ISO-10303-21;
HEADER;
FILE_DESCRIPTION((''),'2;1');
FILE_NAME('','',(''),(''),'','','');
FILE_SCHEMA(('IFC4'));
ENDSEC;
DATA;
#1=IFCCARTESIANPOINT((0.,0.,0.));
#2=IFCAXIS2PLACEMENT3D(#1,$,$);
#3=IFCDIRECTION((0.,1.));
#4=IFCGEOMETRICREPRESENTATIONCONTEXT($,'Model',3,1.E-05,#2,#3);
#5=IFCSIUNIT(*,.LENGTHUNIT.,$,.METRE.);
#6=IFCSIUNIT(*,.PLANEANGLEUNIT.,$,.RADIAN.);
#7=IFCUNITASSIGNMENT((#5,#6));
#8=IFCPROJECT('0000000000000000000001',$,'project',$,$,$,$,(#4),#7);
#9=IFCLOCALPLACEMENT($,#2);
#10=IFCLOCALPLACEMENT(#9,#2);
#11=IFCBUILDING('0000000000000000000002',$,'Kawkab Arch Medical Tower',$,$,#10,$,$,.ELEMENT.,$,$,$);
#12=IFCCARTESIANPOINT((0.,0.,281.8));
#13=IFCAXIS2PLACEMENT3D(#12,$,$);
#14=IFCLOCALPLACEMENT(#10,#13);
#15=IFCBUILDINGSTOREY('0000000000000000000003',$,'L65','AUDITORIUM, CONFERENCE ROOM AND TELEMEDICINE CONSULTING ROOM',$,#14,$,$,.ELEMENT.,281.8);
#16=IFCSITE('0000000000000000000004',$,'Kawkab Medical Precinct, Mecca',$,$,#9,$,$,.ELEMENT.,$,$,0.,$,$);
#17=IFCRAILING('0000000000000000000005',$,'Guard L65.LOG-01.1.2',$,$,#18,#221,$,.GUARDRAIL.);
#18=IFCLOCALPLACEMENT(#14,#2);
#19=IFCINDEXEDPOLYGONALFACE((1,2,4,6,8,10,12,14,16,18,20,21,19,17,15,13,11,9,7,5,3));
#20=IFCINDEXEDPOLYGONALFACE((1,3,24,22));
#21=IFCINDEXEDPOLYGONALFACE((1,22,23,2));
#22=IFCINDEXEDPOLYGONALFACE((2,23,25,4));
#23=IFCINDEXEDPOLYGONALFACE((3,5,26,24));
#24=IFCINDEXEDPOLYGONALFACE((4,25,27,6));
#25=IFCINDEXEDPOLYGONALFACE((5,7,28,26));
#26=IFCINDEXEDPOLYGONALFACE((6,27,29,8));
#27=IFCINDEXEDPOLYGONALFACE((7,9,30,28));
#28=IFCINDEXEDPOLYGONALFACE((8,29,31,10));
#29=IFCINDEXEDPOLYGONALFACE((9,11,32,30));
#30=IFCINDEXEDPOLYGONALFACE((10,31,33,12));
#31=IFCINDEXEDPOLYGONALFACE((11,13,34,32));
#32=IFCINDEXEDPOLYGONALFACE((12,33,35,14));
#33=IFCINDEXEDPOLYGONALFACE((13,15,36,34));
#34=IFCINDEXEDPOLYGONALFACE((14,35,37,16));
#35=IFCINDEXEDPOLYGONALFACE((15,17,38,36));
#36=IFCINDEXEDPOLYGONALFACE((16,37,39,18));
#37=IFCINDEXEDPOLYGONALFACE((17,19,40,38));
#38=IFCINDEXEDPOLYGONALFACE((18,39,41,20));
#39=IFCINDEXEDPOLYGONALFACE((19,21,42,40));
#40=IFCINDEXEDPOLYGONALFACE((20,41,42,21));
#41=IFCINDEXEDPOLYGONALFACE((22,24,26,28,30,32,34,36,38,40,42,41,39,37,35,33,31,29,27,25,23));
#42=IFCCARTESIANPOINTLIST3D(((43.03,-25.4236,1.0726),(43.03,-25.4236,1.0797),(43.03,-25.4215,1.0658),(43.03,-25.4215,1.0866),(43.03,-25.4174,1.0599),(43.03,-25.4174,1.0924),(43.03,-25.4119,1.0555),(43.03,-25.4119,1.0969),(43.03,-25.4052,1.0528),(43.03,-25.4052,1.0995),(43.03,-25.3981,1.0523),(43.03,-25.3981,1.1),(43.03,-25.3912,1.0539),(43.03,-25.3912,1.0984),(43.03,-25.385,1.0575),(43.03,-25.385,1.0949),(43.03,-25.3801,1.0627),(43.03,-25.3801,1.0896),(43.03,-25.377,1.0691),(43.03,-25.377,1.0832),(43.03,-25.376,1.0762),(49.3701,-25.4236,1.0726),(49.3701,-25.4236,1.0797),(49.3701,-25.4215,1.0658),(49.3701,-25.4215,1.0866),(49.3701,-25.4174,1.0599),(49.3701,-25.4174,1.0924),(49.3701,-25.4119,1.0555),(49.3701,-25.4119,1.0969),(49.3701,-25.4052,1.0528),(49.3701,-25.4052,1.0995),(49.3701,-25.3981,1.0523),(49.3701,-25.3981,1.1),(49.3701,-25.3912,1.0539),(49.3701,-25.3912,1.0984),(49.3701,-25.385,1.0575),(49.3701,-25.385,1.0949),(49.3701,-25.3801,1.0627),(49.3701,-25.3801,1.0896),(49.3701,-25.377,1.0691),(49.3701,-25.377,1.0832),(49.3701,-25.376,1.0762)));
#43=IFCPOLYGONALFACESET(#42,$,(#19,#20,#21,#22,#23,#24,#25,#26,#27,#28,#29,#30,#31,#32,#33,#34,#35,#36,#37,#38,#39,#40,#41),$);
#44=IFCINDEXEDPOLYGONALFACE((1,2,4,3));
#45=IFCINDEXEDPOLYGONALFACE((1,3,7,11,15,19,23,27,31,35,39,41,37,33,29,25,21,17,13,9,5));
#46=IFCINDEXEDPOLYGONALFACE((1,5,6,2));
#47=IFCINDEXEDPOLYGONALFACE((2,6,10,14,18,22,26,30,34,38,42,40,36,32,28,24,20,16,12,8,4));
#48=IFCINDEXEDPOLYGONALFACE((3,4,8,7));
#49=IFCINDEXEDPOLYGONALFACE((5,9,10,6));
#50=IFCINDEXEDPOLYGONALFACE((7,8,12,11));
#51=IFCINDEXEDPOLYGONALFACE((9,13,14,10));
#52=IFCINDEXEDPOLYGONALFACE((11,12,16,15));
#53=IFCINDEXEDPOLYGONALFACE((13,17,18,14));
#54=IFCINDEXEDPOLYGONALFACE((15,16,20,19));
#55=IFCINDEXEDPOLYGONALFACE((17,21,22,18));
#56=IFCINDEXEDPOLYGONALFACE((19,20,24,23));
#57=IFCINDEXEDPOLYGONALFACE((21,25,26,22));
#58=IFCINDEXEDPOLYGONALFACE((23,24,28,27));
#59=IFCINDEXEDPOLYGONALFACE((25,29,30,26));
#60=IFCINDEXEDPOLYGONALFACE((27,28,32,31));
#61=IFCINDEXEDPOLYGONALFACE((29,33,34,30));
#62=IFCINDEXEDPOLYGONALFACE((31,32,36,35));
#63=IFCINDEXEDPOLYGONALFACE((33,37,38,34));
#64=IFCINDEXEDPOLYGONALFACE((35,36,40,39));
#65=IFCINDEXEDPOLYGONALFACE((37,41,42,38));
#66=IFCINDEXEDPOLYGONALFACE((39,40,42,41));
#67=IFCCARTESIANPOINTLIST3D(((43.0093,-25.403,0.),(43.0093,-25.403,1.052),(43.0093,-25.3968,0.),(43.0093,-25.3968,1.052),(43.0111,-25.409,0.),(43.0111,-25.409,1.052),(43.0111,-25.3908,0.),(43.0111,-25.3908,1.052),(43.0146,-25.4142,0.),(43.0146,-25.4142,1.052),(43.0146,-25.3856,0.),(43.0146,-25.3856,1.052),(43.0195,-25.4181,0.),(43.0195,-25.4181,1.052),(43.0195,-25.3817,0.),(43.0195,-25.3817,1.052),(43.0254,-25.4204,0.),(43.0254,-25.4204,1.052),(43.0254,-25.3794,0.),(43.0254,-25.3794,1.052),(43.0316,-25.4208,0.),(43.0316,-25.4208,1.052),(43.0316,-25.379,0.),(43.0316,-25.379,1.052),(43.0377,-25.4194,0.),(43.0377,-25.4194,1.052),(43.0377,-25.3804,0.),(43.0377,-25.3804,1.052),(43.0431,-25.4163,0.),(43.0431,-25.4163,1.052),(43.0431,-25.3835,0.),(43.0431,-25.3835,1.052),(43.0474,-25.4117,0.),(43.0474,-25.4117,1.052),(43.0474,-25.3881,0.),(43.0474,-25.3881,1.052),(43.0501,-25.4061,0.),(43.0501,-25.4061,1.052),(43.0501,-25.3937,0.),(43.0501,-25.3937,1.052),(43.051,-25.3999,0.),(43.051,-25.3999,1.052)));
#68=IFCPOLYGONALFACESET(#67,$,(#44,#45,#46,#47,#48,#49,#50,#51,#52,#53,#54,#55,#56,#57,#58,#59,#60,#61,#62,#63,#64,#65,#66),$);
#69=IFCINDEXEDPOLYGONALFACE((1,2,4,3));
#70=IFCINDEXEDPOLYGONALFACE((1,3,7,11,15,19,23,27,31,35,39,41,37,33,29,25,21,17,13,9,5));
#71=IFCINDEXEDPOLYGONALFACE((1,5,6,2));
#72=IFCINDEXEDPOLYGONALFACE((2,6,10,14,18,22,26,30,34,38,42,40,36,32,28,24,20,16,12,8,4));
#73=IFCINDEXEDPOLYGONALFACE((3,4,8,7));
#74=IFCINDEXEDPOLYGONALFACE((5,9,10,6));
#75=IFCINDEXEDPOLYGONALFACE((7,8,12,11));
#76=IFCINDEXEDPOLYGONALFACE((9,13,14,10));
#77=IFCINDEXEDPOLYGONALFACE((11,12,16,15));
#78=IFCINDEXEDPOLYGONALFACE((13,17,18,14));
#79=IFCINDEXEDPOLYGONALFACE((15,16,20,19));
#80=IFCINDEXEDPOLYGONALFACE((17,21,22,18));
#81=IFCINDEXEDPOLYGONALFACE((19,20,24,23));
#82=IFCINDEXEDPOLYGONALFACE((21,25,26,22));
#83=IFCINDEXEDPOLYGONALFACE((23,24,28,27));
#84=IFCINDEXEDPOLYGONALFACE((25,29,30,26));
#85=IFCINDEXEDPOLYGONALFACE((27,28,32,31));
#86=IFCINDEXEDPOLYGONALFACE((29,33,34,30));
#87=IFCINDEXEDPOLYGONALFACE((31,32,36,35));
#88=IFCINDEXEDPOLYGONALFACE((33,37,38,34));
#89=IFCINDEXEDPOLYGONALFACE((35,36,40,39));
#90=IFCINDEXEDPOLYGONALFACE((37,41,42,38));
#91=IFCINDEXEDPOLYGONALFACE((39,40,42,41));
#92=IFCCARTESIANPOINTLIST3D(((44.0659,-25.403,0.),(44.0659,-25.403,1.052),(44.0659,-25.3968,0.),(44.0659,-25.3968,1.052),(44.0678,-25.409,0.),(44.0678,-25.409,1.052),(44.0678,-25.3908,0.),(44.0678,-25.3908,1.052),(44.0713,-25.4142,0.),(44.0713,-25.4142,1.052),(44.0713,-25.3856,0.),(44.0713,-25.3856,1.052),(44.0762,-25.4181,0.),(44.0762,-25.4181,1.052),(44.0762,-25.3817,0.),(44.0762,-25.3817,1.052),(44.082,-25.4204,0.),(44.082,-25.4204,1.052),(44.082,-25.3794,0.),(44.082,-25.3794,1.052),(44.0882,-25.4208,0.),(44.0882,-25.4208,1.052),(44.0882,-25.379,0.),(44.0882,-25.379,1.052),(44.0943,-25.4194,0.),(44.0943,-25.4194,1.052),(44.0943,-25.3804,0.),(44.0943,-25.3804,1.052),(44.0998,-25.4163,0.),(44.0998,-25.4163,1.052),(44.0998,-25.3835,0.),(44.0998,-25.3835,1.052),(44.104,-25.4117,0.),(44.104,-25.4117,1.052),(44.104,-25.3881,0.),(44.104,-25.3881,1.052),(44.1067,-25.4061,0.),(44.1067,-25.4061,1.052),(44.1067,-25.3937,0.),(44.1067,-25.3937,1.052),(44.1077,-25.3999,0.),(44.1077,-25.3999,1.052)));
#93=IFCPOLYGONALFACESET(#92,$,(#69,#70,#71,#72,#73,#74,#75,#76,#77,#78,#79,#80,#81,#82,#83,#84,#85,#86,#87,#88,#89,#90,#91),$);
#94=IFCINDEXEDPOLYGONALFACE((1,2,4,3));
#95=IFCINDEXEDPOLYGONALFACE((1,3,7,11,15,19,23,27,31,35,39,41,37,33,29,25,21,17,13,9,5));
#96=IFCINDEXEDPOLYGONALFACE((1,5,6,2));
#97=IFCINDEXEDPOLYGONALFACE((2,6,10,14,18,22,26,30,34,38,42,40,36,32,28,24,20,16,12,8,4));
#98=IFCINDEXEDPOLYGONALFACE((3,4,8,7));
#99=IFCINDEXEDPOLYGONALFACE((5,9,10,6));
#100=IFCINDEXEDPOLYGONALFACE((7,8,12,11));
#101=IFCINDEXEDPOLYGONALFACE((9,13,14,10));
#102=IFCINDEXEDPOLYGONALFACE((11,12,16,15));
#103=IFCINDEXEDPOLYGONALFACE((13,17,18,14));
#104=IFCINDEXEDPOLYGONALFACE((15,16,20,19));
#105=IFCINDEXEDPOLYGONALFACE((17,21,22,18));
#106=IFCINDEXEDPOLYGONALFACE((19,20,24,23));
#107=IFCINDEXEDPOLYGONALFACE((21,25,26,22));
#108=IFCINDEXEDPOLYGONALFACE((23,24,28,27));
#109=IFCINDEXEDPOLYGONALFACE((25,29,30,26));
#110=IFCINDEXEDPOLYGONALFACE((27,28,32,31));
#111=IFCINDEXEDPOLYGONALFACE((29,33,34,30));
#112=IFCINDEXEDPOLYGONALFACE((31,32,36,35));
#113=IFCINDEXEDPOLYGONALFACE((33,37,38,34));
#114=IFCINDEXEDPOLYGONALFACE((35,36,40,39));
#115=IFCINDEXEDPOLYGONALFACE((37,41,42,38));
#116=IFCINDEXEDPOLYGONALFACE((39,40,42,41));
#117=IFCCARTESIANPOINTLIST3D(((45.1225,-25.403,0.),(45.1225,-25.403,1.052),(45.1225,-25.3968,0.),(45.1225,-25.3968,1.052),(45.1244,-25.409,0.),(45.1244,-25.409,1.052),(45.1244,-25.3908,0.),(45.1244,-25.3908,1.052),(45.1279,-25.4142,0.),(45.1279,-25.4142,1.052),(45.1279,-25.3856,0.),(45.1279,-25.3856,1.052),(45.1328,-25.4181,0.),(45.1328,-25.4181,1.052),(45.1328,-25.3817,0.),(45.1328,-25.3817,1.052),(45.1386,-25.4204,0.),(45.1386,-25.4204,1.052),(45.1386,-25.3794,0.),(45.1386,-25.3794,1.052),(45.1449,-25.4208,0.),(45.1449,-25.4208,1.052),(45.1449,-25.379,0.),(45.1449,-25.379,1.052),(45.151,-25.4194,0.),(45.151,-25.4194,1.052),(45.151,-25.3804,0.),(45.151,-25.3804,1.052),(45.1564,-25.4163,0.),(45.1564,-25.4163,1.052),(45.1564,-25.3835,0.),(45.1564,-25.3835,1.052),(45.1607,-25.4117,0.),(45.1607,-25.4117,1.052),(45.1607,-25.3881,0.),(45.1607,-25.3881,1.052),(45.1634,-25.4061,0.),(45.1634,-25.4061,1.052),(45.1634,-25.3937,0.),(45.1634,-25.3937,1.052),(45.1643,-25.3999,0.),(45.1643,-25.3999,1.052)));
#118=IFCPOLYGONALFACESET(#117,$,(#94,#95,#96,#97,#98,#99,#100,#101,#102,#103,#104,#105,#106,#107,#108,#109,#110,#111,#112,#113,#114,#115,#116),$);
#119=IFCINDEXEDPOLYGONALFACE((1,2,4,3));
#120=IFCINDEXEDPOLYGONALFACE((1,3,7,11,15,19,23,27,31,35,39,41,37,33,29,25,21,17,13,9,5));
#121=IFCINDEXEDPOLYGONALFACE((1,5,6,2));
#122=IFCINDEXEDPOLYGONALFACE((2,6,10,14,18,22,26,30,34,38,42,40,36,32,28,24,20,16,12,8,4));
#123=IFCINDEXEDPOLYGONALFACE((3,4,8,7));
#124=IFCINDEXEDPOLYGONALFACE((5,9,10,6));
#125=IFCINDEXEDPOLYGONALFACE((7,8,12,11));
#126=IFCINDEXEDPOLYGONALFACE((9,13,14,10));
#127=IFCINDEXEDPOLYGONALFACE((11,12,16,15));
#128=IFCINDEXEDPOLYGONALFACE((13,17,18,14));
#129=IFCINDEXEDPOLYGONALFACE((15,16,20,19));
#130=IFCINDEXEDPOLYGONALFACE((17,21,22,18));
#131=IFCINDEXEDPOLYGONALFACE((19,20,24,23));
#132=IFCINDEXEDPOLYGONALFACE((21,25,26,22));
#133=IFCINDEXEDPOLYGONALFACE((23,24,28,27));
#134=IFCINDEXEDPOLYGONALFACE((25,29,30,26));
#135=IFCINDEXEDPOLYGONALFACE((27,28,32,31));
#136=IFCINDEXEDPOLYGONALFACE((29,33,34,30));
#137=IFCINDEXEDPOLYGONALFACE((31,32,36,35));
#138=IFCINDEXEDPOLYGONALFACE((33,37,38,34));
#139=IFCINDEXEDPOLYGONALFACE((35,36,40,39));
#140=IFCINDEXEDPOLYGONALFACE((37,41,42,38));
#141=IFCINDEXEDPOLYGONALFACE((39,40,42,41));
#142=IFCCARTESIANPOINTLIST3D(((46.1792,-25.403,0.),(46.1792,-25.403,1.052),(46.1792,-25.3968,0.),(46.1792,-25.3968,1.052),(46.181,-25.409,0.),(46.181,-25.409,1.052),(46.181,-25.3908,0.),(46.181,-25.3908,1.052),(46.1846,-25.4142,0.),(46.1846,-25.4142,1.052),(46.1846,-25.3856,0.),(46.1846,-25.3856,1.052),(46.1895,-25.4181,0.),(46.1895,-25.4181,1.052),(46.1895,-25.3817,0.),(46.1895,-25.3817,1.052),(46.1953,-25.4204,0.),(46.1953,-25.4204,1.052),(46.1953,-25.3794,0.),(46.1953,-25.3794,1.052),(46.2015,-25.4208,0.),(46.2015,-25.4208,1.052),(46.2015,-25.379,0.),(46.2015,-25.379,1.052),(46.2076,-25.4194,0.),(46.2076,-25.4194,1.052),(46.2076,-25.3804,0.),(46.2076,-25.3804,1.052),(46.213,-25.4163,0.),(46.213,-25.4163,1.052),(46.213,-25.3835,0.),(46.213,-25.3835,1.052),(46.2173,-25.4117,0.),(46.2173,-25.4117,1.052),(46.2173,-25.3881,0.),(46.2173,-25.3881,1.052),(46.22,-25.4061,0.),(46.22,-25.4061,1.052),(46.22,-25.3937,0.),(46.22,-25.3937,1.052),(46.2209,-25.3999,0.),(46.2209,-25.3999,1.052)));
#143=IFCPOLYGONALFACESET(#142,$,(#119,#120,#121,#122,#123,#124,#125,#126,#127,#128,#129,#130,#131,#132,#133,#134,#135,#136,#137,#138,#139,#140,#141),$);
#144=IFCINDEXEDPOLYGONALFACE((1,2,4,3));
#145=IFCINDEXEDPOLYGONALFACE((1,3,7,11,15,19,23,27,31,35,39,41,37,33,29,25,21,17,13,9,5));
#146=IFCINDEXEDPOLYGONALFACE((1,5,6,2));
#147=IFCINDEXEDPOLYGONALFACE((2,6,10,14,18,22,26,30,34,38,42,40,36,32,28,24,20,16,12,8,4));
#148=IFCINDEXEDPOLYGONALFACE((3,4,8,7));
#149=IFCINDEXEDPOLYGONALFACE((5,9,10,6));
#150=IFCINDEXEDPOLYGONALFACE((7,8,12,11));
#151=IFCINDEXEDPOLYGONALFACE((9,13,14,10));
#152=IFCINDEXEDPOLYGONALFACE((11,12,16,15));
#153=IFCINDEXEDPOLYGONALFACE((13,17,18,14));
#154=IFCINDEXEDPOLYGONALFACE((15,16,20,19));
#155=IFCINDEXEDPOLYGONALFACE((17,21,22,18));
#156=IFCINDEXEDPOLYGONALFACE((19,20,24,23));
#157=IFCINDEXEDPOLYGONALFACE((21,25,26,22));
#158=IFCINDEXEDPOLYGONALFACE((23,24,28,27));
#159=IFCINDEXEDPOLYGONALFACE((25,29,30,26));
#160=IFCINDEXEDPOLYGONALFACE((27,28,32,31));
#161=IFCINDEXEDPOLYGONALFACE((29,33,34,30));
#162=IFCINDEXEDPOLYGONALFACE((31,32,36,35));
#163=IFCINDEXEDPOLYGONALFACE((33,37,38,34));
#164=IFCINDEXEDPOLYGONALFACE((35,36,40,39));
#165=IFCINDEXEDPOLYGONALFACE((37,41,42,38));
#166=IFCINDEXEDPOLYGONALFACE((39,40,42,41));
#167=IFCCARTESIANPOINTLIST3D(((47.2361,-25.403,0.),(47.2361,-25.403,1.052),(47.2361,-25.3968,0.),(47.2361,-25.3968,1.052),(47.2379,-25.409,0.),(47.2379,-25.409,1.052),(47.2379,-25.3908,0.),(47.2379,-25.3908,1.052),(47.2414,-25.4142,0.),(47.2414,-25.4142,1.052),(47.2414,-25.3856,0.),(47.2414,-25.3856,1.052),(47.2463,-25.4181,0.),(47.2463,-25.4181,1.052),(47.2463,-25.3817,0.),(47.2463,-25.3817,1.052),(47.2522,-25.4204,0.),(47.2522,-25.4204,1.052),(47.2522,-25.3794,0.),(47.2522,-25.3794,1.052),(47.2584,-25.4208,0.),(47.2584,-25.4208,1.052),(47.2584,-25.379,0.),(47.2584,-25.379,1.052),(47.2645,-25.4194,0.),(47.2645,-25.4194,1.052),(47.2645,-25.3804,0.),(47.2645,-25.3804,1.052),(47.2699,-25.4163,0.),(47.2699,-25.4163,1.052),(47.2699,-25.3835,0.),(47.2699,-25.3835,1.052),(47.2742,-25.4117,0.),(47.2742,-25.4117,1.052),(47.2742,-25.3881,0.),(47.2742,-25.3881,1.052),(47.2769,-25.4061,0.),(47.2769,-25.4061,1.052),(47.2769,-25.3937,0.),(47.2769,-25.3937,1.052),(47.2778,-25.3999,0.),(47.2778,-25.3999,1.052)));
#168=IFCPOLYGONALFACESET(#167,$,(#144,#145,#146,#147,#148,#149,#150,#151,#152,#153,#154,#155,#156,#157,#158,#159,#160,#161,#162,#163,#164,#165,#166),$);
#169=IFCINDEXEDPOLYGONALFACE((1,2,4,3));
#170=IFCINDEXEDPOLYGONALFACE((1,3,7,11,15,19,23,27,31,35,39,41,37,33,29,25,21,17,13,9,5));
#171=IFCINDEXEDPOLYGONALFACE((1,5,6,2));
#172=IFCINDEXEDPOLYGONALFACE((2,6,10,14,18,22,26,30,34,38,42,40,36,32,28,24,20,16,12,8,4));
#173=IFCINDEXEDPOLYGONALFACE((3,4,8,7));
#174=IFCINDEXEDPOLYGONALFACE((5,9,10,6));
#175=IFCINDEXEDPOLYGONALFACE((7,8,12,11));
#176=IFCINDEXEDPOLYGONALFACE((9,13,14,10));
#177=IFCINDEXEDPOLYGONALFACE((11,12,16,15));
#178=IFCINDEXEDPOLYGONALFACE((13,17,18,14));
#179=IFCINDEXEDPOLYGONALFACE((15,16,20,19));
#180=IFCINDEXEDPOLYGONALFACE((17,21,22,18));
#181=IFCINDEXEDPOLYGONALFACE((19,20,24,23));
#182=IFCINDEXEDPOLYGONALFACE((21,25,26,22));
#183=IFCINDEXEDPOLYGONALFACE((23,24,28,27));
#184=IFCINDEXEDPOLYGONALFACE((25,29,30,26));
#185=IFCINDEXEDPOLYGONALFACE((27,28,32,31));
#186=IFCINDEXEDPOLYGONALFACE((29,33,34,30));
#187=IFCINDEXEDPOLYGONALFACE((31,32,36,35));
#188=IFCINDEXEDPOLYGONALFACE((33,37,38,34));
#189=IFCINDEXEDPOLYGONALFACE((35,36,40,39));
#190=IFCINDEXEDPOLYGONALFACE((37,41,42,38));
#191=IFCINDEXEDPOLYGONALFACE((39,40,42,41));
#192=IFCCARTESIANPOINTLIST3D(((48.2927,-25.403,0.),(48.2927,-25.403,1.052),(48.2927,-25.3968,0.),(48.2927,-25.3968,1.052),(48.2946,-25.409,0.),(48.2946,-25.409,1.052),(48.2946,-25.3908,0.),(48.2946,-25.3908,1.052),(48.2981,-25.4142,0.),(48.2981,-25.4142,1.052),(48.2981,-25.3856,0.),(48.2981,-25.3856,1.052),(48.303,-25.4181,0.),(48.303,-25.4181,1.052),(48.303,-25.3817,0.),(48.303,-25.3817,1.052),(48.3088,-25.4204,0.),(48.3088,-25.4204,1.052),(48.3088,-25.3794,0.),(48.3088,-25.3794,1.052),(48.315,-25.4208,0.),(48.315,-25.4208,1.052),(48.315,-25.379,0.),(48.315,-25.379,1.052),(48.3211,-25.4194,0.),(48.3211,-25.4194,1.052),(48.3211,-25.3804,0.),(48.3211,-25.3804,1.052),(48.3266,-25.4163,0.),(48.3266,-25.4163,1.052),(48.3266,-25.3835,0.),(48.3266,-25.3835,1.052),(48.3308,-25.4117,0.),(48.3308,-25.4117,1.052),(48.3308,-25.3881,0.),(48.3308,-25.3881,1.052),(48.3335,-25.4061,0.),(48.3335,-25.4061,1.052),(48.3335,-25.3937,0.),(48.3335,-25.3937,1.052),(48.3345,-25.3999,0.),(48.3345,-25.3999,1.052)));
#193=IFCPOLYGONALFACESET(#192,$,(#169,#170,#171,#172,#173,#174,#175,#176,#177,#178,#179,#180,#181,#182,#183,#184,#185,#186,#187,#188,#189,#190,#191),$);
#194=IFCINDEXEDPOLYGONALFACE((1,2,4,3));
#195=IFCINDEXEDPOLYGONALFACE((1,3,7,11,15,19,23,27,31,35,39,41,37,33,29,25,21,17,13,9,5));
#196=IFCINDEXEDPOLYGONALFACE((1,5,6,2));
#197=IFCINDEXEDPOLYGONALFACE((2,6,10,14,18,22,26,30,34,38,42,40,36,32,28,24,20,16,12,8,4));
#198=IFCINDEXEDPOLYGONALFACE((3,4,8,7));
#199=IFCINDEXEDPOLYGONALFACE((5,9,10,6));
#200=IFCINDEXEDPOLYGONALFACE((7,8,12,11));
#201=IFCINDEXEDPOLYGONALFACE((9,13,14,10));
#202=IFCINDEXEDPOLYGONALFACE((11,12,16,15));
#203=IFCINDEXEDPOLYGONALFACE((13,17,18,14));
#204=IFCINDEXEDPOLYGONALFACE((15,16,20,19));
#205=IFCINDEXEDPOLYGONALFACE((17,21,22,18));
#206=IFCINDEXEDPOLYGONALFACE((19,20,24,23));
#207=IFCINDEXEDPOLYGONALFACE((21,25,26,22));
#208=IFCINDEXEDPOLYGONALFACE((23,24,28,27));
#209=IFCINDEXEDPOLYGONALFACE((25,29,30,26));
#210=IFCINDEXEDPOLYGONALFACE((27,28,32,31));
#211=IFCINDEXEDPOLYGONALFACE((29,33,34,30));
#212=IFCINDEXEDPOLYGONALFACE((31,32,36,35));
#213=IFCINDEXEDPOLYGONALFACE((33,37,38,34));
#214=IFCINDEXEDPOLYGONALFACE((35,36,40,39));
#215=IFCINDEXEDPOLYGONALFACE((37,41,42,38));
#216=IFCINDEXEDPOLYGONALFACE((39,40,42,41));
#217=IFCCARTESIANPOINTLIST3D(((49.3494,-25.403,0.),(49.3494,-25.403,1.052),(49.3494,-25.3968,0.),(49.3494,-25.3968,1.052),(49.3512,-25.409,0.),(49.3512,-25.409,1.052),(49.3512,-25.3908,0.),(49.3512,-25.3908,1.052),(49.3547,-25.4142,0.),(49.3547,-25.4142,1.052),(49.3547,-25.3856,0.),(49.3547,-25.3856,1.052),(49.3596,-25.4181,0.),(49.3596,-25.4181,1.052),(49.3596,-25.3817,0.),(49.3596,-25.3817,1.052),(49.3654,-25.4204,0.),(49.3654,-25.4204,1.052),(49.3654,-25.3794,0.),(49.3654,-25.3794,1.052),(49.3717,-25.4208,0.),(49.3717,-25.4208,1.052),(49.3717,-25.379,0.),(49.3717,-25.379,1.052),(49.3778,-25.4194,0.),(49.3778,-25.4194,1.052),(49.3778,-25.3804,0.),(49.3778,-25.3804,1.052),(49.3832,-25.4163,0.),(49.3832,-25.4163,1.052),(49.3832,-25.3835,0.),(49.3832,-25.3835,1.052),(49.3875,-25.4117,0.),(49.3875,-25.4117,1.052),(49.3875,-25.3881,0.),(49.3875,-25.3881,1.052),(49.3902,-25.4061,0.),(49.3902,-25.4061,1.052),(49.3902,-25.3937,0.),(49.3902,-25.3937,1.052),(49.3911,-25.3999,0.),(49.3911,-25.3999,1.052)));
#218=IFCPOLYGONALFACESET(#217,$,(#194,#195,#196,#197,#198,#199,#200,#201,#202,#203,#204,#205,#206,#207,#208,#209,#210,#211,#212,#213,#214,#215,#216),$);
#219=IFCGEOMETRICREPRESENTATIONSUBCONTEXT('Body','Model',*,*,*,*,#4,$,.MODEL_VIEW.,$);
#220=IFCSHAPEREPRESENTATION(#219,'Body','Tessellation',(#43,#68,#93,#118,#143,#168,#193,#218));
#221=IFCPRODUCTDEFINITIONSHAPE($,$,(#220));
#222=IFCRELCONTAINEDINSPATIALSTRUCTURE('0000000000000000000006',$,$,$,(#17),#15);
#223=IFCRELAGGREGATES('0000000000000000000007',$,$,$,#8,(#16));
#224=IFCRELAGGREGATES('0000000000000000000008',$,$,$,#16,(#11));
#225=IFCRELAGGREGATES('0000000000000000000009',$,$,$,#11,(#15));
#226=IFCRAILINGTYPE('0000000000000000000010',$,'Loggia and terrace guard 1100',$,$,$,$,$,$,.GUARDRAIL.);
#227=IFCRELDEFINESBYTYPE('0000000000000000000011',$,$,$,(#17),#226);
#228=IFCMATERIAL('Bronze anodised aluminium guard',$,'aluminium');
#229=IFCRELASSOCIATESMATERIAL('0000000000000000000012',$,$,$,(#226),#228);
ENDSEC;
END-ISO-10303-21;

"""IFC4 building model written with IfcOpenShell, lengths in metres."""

from ifc_helpers import new_model, si_unit, direction, frame, origin, origin_2d, place, context, subcontext, project, spatial, circle, extrude, material, type_object, element, save


model = new_model("IFC4")

# Units and contexts
model_context = context("Model", 3, precision=1e-05, world=origin(), true_north=direction((0.0, 1.0)))
body_context = subcontext(model_context, "Body", "Model", "MODEL_VIEW")
ifc_project = project(units=[si_unit("LENGTHUNIT", "METRE"), si_unit("PLANEANGLEUNIT", "RADIAN")], contexts=[model_context])

# Site, building, storey
site_placement = place(None, origin())
site = spatial("IfcSite", under=ifc_project, at=site_placement, Name="Kawkab Medical Precinct, Mecca", CompositionType="ELEMENT", RefElevation=0.0)
building_placement = place(site_placement, origin())
building = spatial("IfcBuilding", under=site, at=building_placement, Name="Kawkab Arch Medical Tower", CompositionType="ELEMENT")
storey_placement = place(building_placement, frame((0.0, 0.0, 281.8)))
storey = spatial("IfcBuildingStorey", under=building, at=storey_placement, Name="L65", Description="AUDITORIUM, CONFERENCE ROOM AND TELEMEDICINE CONSULTING ROOM", CompositionType="ELEMENT", Elevation=281.8)

# Railing
ifc_material_1 = material(Name="Bronze anodised aluminium guard", Category="aluminium")
railing_type_1 = type_object("IfcRailingType", Name="Loggia and terrace guard 1100", PredefinedType="GUARDRAIL", material=ifc_material_1)
railing_1_placement = place(storey_placement, frame((43.03, -25.3999, 0.0)))
element("IfcRailing", 1, at=railing_1_placement, inside=storey, type_object=railing_type_1, Name="Guard L65.LOG-01.1.2", PredefinedType="GUARDRAIL", context=body_context, shape_type="SweptSolid", body=[
    extrude(circle(Radius=0.0239, at=origin_2d()), frame((0.0, 0.0, 1.0762), z_axis=(1.0, 0.0, 0.0), x_axis=(0.0, 1.0, 0.0)), (0.0, 0.0, 1.0), 6.3401),
    extrude(circle(Radius=0.021, at=origin_2d()), origin(), (0.0, 0.0, 1.0), 1.052),
    extrude(circle(Radius=0.021, at=origin_2d()), frame((1.0566, 0.0, 0.0)), (0.0, 0.0, 1.0), 1.052),
    extrude(circle(Radius=0.021, at=origin_2d()), frame((2.1133, 0.0, 0.0)), (0.0, 0.0, 1.0), 1.052),
    extrude(circle(Radius=0.021, at=origin_2d()), frame((3.1699, 0.0, 0.0)), (0.0, 0.0, 1.0), 1.052),
    extrude(circle(Radius=0.021, at=origin_2d()), frame((4.2268, 0.0, 0.0)), (0.0, 0.0, 1.0), 1.052),
    extrude(circle(Radius=0.021, at=origin_2d()), frame((5.2834, 0.0, 0.0)), (0.0, 0.0, 1.0), 1.052),
    extrude(circle(Radius=0.021, at=origin_2d()), frame((6.3401, 0.0, 0.0)), (0.0, 0.0, 1.0), 1.052),
])

save(model, "model.ifc")
